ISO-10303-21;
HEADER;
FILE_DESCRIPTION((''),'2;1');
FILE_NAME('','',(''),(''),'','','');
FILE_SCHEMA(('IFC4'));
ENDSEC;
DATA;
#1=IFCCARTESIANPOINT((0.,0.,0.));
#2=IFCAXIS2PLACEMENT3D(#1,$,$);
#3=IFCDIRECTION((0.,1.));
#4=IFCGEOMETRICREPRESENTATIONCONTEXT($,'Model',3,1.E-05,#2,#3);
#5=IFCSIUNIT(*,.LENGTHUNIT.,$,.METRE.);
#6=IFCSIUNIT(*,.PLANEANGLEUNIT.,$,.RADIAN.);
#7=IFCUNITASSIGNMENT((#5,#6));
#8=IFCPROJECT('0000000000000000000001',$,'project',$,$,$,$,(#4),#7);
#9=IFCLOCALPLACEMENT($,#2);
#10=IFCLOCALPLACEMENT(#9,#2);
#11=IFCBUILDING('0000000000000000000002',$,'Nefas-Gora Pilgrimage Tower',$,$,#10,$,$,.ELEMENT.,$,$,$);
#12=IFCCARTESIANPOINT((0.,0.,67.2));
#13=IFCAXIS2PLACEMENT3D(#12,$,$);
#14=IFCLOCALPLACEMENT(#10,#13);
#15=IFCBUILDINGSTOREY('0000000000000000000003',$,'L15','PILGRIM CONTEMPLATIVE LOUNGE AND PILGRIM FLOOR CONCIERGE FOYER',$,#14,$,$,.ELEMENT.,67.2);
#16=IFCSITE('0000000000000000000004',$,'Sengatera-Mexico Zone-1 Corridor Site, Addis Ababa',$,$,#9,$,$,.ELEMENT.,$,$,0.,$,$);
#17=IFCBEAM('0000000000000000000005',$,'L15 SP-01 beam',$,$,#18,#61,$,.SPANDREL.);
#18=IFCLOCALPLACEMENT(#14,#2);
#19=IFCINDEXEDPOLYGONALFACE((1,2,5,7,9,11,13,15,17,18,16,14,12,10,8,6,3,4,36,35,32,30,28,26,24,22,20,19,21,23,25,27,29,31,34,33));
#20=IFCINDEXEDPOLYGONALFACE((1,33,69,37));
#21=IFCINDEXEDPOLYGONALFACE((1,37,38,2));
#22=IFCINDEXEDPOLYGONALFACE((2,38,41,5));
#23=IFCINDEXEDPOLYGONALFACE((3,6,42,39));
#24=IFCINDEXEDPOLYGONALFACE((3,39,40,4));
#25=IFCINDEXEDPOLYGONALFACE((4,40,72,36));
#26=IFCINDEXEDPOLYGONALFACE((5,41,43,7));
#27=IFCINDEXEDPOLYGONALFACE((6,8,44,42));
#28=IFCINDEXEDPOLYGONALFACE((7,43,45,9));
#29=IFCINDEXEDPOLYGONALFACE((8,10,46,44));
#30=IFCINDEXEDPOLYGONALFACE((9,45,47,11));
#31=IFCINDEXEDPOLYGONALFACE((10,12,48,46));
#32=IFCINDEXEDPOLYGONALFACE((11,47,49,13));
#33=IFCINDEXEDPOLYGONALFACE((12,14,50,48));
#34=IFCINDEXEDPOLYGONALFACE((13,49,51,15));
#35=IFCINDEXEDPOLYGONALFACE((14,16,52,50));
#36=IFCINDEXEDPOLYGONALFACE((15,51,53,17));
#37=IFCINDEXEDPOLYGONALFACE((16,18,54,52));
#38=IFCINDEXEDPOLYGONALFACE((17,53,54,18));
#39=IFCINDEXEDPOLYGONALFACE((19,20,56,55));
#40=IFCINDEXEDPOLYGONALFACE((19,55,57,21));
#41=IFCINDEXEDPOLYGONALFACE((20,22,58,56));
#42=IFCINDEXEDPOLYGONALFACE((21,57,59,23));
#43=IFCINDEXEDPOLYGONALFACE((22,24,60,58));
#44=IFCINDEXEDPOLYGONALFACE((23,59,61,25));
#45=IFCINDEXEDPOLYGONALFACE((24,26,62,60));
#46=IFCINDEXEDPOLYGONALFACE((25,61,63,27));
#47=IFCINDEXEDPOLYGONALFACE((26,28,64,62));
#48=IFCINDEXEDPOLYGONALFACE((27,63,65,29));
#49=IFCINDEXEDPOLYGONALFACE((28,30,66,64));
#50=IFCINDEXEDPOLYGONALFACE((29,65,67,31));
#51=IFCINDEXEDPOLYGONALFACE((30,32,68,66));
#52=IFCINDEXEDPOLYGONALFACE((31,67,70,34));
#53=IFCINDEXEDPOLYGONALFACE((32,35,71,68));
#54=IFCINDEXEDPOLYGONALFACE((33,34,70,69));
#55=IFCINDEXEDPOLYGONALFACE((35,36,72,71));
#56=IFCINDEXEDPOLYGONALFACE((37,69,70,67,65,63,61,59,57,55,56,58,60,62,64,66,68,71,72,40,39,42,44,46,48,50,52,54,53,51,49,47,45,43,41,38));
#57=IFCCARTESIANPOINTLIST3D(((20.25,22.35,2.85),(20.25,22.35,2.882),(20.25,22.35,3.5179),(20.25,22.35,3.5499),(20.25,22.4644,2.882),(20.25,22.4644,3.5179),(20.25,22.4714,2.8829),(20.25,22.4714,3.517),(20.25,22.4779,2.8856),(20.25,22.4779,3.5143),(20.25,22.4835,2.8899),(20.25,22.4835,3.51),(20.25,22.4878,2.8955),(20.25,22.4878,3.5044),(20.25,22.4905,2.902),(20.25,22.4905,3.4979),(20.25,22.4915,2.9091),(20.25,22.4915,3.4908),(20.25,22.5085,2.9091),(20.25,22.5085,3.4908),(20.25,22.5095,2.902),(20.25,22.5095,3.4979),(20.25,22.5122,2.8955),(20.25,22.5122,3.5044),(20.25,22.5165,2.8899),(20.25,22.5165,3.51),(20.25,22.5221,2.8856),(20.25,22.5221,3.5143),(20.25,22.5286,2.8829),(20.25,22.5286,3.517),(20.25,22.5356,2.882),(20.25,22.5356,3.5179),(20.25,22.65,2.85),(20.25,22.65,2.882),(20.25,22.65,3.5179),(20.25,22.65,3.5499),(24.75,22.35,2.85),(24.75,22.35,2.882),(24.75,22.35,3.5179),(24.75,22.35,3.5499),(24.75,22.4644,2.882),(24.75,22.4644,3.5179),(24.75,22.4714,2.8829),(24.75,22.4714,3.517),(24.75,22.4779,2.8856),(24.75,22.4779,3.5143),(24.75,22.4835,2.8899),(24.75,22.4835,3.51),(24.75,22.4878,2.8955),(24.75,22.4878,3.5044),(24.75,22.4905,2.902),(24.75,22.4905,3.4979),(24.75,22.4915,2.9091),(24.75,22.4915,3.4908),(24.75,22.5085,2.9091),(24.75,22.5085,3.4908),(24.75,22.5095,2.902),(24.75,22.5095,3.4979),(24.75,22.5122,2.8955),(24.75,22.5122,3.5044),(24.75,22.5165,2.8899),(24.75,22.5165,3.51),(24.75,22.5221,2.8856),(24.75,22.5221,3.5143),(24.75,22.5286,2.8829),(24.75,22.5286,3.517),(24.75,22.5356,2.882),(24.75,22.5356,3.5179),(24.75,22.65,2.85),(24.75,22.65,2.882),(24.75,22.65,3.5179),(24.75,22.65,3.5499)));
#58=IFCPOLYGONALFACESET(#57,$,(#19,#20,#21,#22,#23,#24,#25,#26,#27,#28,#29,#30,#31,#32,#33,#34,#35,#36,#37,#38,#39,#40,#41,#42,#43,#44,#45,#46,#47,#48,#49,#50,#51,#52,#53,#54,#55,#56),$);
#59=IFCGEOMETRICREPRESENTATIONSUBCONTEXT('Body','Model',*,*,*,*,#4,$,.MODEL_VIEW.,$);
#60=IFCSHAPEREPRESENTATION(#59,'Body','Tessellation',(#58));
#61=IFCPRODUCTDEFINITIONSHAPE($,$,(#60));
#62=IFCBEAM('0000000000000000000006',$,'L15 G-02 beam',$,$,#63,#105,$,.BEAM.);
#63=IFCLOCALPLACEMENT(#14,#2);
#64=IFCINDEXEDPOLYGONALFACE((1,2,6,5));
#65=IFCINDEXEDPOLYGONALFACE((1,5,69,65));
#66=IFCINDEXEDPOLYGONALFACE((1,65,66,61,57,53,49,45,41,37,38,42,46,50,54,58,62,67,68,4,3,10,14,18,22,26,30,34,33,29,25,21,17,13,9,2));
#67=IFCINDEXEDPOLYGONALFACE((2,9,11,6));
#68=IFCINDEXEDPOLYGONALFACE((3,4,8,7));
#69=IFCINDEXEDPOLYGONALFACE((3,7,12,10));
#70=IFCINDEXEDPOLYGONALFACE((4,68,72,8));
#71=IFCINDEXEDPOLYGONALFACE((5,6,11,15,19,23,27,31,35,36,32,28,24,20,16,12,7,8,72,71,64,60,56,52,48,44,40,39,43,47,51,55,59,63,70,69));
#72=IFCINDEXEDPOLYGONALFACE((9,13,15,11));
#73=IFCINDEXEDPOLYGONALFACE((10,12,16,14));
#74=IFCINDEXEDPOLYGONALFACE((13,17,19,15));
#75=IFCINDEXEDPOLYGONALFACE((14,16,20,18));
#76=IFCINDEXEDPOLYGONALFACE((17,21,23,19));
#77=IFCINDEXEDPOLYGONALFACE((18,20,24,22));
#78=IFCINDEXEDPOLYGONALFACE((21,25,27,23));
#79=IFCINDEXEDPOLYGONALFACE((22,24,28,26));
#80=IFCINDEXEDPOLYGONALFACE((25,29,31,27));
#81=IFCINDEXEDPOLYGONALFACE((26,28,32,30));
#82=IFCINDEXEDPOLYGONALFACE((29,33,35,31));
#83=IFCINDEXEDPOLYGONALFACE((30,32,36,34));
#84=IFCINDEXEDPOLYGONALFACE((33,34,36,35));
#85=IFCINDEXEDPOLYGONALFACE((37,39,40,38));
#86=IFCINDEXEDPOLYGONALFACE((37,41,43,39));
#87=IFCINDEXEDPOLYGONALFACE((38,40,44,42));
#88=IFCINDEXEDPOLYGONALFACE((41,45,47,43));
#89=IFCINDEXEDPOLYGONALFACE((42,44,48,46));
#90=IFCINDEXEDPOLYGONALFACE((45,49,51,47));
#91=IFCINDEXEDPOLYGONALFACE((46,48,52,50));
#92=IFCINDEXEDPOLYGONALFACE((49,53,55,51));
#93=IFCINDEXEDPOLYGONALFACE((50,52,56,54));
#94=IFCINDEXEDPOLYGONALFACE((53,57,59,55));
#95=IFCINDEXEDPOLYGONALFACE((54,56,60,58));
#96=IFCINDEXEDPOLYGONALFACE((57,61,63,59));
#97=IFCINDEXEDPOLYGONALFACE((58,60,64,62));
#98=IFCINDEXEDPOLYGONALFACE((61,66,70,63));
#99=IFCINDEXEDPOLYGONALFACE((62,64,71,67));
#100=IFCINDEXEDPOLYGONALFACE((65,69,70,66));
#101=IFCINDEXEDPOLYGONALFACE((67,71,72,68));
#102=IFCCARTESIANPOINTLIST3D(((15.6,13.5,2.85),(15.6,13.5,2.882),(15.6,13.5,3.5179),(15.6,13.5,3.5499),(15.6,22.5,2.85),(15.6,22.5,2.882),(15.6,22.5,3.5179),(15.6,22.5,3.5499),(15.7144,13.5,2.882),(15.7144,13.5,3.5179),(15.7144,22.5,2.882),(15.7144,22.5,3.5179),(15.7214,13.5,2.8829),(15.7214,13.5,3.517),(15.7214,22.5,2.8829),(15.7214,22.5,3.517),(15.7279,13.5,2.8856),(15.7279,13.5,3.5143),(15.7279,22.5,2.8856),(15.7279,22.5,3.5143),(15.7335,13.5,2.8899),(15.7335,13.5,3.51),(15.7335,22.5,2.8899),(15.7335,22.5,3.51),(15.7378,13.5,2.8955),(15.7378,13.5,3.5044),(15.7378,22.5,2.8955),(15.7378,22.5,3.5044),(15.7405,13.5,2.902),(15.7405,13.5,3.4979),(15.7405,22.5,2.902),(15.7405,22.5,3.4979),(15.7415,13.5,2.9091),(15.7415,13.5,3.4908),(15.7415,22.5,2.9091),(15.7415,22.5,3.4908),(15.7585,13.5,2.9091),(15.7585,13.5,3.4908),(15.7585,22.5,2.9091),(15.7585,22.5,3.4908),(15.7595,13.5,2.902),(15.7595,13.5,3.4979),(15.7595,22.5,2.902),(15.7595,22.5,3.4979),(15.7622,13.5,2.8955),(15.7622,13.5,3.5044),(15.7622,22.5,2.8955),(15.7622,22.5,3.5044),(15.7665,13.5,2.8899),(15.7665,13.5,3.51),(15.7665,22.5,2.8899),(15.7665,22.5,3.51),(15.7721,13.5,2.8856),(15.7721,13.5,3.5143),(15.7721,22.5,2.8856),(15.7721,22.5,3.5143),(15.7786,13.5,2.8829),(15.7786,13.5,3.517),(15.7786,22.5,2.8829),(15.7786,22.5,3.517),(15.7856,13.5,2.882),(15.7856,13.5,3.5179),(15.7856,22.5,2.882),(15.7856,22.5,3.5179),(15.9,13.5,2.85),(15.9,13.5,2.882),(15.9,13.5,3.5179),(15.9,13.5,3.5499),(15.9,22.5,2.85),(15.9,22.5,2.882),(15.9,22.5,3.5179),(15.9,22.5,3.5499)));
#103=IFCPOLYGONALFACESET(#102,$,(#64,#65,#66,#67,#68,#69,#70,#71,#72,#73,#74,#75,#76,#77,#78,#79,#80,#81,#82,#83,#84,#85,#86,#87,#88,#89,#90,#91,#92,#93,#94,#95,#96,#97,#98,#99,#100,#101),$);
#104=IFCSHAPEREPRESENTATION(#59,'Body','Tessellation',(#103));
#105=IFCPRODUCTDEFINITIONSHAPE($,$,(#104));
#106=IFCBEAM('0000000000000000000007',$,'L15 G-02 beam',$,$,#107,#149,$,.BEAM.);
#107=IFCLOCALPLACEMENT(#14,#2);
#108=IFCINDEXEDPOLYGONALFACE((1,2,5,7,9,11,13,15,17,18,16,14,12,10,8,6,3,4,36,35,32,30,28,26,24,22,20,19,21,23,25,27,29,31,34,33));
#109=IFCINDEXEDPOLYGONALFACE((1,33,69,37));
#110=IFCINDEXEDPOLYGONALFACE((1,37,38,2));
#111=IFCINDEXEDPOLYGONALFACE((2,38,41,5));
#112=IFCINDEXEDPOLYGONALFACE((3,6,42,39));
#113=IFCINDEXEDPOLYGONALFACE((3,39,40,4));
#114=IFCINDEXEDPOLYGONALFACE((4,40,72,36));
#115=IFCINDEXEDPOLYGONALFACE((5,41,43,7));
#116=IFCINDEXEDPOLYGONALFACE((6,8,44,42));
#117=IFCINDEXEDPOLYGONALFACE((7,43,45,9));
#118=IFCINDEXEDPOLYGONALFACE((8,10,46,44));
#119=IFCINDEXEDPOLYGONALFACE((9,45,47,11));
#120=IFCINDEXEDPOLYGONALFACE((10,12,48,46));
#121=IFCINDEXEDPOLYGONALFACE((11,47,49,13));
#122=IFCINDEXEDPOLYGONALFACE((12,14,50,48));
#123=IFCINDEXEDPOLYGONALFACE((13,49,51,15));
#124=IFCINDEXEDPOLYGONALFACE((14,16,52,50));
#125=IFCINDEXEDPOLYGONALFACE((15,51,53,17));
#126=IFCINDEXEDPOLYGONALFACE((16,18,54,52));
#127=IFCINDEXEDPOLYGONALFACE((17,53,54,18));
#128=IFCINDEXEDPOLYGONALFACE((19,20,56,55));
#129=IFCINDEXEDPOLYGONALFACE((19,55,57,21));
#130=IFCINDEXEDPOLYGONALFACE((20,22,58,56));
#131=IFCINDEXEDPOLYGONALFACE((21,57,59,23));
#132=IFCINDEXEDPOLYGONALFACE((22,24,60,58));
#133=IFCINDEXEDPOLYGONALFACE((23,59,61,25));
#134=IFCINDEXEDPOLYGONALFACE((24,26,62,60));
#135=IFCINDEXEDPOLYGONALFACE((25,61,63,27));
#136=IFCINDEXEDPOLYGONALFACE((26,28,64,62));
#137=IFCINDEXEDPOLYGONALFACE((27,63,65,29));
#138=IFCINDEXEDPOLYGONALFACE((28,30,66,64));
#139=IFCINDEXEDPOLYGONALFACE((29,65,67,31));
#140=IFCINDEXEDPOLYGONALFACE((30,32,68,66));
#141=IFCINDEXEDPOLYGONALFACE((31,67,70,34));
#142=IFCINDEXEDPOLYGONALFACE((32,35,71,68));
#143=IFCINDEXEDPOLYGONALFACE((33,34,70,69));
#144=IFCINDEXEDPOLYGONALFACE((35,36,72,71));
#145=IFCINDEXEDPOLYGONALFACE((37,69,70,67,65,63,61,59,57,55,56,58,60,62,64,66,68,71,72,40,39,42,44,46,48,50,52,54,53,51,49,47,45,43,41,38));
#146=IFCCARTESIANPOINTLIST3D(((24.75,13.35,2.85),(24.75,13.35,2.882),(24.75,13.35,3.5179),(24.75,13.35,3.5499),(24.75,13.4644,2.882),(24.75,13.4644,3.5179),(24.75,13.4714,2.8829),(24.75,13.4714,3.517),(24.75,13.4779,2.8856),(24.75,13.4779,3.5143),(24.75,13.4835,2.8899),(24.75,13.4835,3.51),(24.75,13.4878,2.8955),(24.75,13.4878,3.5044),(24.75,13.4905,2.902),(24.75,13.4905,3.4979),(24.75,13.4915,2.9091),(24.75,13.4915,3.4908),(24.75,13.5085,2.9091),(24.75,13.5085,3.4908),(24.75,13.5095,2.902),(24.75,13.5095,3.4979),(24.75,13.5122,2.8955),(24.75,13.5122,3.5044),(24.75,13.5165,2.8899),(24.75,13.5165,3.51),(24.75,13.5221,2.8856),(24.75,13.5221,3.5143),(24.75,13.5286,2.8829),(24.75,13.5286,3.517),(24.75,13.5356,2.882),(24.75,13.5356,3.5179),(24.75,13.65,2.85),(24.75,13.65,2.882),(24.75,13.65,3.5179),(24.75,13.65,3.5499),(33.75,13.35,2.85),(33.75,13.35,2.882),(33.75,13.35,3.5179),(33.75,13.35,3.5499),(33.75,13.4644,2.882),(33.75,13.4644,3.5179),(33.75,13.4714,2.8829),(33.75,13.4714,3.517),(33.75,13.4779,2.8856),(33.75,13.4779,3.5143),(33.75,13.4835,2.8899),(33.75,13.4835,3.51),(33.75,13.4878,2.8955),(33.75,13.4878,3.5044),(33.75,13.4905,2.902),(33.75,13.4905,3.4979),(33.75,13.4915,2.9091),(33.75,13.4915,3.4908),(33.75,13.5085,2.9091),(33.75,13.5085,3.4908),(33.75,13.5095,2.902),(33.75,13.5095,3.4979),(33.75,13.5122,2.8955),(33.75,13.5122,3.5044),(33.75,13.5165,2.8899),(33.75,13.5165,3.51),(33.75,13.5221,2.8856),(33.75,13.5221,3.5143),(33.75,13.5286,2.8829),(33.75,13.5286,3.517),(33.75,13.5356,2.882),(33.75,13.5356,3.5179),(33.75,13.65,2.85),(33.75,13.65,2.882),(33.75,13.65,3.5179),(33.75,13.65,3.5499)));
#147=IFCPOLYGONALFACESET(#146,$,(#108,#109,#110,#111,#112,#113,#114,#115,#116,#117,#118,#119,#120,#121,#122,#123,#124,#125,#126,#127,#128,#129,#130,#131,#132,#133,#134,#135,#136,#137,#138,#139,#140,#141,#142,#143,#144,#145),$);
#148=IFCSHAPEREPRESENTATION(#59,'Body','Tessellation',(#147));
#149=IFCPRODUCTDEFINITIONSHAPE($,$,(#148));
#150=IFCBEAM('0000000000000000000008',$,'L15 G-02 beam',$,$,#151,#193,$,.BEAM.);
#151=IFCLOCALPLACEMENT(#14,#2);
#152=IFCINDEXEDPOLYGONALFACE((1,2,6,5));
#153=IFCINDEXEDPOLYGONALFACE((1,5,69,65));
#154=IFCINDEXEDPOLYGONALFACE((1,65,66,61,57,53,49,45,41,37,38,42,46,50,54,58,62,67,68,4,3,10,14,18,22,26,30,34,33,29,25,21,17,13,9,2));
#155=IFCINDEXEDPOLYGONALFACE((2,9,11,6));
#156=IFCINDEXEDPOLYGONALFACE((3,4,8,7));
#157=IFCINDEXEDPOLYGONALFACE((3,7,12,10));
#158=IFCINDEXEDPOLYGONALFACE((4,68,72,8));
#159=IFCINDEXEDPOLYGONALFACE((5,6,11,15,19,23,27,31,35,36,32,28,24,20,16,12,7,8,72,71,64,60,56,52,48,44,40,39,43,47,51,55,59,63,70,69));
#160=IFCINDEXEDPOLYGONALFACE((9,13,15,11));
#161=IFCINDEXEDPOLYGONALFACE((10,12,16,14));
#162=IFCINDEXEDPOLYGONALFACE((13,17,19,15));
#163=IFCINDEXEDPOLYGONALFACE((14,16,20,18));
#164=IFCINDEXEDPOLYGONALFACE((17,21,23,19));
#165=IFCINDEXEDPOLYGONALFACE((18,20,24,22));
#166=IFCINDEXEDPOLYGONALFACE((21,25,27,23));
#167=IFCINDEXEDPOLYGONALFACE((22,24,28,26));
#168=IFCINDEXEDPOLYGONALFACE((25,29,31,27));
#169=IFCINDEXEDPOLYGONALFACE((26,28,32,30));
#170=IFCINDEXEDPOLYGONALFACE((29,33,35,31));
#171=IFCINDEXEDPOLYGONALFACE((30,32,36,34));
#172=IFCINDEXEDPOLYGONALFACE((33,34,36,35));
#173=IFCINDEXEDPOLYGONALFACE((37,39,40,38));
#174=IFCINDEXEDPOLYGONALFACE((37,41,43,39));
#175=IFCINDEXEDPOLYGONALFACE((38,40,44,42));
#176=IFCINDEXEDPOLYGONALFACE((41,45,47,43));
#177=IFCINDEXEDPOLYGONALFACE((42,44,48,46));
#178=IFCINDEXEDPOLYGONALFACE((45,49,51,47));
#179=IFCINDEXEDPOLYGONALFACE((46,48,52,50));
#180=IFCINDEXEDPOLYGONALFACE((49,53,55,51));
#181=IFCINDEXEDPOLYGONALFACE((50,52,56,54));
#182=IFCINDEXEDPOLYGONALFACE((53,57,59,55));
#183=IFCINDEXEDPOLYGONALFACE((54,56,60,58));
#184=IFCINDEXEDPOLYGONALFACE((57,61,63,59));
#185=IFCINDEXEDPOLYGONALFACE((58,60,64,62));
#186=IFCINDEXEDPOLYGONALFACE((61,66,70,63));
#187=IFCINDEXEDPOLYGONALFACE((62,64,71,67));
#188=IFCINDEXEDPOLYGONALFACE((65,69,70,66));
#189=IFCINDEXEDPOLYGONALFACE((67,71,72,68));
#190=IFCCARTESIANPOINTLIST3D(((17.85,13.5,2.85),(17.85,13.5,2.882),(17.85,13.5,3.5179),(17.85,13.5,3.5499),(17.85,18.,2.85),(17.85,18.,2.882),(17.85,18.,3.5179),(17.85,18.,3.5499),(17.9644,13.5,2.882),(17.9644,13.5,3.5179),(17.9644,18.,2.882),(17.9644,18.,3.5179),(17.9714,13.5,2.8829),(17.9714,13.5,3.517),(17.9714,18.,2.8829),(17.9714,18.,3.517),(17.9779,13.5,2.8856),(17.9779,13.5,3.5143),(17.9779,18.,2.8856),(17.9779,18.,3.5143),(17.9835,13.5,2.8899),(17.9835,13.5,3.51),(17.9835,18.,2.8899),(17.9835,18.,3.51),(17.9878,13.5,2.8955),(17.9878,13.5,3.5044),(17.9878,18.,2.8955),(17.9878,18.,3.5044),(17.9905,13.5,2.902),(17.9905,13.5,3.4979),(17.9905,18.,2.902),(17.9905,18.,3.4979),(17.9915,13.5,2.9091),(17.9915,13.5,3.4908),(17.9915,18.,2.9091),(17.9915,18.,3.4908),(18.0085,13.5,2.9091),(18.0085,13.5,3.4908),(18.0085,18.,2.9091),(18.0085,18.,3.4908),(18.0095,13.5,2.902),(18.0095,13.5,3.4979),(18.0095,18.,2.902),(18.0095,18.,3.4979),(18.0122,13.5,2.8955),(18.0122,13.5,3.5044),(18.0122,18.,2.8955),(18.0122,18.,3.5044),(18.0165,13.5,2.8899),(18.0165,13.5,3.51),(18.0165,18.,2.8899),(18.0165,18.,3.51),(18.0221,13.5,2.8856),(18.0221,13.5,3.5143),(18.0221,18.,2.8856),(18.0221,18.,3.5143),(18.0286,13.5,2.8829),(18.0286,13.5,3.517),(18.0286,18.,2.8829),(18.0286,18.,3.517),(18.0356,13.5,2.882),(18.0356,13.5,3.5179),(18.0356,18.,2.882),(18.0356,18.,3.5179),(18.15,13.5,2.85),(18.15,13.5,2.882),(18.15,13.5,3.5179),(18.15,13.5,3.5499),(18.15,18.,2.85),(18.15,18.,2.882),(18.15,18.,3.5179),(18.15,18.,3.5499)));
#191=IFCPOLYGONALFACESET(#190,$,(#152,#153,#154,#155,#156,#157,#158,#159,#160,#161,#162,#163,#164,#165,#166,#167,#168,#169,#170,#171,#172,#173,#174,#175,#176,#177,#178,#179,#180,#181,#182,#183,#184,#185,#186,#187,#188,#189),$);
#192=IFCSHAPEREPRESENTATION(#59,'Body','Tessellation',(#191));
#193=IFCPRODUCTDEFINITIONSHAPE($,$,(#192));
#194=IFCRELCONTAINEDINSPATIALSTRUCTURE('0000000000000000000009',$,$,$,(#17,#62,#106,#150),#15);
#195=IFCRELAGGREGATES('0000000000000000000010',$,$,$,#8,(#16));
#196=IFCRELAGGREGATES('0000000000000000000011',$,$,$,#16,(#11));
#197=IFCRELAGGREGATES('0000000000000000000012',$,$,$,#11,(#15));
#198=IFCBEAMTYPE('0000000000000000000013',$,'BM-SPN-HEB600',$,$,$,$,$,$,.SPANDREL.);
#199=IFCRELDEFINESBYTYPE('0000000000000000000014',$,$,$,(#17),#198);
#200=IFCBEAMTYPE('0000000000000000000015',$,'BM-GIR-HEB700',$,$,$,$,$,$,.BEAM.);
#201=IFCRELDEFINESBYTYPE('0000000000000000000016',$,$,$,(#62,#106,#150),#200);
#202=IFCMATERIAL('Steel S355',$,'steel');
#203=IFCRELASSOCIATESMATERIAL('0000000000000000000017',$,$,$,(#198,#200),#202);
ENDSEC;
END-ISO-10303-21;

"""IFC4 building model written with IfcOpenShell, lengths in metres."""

from ifc_helpers import new_model, si_unit, direction, frame, origin, origin_2d, place, context, subcontext, project, spatial, i_section, extrude, source, transform, mapped, material, material_profile, profile_set, type_object, element, save


model = new_model("IFC4")

# Units and contexts
model_context = context("Model", 3, precision=1e-05, world=origin(), true_north=direction((0.0, 1.0)))
body_context = subcontext(model_context, "Body", "Model", "MODEL_VIEW")
ifc_project = project(units=[si_unit("LENGTHUNIT", "METRE"), si_unit("PLANEANGLEUNIT", "RADIAN")], contexts=[model_context])

# Site, building, storey
site_placement = place(None, origin())
site = spatial("IfcSite", under=ifc_project, at=site_placement, Name="Sengatera-Mexico Zone-1 Corridor Site, Addis Ababa", CompositionType="ELEMENT", RefElevation=0.0)
building_placement = place(site_placement, origin())
building = spatial("IfcBuilding", under=site, at=building_placement, Name="Nefas-Gora Pilgrimage Tower", CompositionType="ELEMENT")
storey_placement = place(building_placement, frame((0.0, 0.0, 67.2)))
storey = spatial("IfcBuildingStorey", under=building, at=storey_placement, Name="L15", Description="PILGRIM CONTEMPLATIVE LOUNGE AND PILGRIM FLOOR CONCIERGE FOYER", CompositionType="ELEMENT", Elevation=67.2)

# Beams
ifc_material_1 = material(Name="Steel S355", Category="steel")
ifc_material_profile_1 = material_profile(ifc_material_1, i_section(OverallWidth=0.3, OverallDepth=0.7, WebThickness=0.0171, FlangeThickness=0.032, FilletRadius=0.0271, at=origin_2d()), Name="HEB 700")
ifc_profile_set_1 = profile_set([ifc_material_profile_1], Name="Steel S355")
beam_type_1 = type_object("IfcBeamType", Name="BM-SPN-HEB600", PredefinedType="SPANDREL", material=ifc_profile_set_1)
shared_shape_1 = source(origin(), body_context, "Body", "SweptSolid", [
    extrude(i_section(OverallWidth=0.3, OverallDepth=0.7, WebThickness=0.0171, FlangeThickness=0.032, FilletRadius=0.0271, at=origin_2d()), origin(), (0.0, 0.0, 1.0), 4.5),
])
beam_1_placement = place(storey_placement, frame((20.25, 22.5, 3.2), z_axis=(1.0, 0.0, 0.0), x_axis=(0.0, 1.0, 0.0)))
element("IfcBeam", 1, at=beam_1_placement, inside=storey, type_object=beam_type_1, Name="L15 SP-01 beam", PredefinedType="SPANDREL", context=body_context, shape_type="MappedRepresentation", body=[
    mapped(shared_shape_1, transform((0.0, 0.0, 0.0), x_axis=(1.0, 0.0, 0.0), y_axis=(0.0, 1.0, 0.0), z_axis=(0.0, 0.0, 1.0), scale=1.0)),
])
ifc_material_profile_2 = material_profile(ifc_material_1, i_section(OverallWidth=0.3, OverallDepth=0.7, WebThickness=0.0171, FlangeThickness=0.032, FilletRadius=0.0271, at=origin_2d()), Name="HEB 700")
ifc_profile_set_2 = profile_set([ifc_material_profile_2], Name="Steel S355")
beam_type_2 = type_object("IfcBeamType", Name="BM-GIR-HEB700", PredefinedType="BEAM", material=ifc_profile_set_2)
shared_shape_2 = source(origin(), body_context, "Body", "SweptSolid", [
    extrude(i_section(OverallWidth=0.3, OverallDepth=0.7, WebThickness=0.0171, FlangeThickness=0.032, FilletRadius=0.0271, at=origin_2d()), origin(), (0.0, 0.0, 1.0), 9.0),
])
for number, where, z_axis, x_axis, name in (
    (2, (15.75, 13.5, 3.2), (0.0, 1.0, 0.0), (-1.0, 0.0, 0.0), "L15 G-02 beam"),
    (3, (24.75, 13.5, 3.2), (1.0, 0.0, 0.0), (0.0, 1.0, 0.0), "L15 G-02 beam"),
):
    element("IfcBeam", number, at=place(storey_placement, frame(where, z_axis=z_axis, x_axis=x_axis)), inside=storey, type_object=beam_type_2, Name=name, PredefinedType="BEAM", context=body_context, shape_type="MappedRepresentation", body=[
        mapped(shared_shape_2, transform((0.0, 0.0, 0.0), x_axis=(1.0, 0.0, 0.0), y_axis=(0.0, 1.0, 0.0), z_axis=(0.0, 0.0, 1.0), scale=1.0)),
    ])
shared_shape_3 = source(origin(), body_context, "Body", "SweptSolid", [
    extrude(i_section(OverallWidth=0.3, OverallDepth=0.7, WebThickness=0.0171, FlangeThickness=0.032, FilletRadius=0.0271, at=origin_2d()), origin(), (0.0, 0.0, 1.0), 4.5),
])
for number, where, z_axis, x_axis, name in (
    (4, (18.0, 13.5, 3.2), (0.0, 1.0, 0.0), (-1.0, 0.0, 0.0), "L15 G-02 beam"),
):
    element("IfcBeam", number, at=place(storey_placement, frame(where, z_axis=z_axis, x_axis=x_axis)), inside=storey, type_object=beam_type_2, Name=name, PredefinedType="BEAM", context=body_context, shape_type="MappedRepresentation", body=[
        mapped(shared_shape_3, transform((0.0, 0.0, 0.0), x_axis=(1.0, 0.0, 0.0), y_axis=(0.0, 1.0, 0.0), z_axis=(0.0, 0.0, 1.0), scale=1.0)),
    ])

save(model, "model.ifc")
